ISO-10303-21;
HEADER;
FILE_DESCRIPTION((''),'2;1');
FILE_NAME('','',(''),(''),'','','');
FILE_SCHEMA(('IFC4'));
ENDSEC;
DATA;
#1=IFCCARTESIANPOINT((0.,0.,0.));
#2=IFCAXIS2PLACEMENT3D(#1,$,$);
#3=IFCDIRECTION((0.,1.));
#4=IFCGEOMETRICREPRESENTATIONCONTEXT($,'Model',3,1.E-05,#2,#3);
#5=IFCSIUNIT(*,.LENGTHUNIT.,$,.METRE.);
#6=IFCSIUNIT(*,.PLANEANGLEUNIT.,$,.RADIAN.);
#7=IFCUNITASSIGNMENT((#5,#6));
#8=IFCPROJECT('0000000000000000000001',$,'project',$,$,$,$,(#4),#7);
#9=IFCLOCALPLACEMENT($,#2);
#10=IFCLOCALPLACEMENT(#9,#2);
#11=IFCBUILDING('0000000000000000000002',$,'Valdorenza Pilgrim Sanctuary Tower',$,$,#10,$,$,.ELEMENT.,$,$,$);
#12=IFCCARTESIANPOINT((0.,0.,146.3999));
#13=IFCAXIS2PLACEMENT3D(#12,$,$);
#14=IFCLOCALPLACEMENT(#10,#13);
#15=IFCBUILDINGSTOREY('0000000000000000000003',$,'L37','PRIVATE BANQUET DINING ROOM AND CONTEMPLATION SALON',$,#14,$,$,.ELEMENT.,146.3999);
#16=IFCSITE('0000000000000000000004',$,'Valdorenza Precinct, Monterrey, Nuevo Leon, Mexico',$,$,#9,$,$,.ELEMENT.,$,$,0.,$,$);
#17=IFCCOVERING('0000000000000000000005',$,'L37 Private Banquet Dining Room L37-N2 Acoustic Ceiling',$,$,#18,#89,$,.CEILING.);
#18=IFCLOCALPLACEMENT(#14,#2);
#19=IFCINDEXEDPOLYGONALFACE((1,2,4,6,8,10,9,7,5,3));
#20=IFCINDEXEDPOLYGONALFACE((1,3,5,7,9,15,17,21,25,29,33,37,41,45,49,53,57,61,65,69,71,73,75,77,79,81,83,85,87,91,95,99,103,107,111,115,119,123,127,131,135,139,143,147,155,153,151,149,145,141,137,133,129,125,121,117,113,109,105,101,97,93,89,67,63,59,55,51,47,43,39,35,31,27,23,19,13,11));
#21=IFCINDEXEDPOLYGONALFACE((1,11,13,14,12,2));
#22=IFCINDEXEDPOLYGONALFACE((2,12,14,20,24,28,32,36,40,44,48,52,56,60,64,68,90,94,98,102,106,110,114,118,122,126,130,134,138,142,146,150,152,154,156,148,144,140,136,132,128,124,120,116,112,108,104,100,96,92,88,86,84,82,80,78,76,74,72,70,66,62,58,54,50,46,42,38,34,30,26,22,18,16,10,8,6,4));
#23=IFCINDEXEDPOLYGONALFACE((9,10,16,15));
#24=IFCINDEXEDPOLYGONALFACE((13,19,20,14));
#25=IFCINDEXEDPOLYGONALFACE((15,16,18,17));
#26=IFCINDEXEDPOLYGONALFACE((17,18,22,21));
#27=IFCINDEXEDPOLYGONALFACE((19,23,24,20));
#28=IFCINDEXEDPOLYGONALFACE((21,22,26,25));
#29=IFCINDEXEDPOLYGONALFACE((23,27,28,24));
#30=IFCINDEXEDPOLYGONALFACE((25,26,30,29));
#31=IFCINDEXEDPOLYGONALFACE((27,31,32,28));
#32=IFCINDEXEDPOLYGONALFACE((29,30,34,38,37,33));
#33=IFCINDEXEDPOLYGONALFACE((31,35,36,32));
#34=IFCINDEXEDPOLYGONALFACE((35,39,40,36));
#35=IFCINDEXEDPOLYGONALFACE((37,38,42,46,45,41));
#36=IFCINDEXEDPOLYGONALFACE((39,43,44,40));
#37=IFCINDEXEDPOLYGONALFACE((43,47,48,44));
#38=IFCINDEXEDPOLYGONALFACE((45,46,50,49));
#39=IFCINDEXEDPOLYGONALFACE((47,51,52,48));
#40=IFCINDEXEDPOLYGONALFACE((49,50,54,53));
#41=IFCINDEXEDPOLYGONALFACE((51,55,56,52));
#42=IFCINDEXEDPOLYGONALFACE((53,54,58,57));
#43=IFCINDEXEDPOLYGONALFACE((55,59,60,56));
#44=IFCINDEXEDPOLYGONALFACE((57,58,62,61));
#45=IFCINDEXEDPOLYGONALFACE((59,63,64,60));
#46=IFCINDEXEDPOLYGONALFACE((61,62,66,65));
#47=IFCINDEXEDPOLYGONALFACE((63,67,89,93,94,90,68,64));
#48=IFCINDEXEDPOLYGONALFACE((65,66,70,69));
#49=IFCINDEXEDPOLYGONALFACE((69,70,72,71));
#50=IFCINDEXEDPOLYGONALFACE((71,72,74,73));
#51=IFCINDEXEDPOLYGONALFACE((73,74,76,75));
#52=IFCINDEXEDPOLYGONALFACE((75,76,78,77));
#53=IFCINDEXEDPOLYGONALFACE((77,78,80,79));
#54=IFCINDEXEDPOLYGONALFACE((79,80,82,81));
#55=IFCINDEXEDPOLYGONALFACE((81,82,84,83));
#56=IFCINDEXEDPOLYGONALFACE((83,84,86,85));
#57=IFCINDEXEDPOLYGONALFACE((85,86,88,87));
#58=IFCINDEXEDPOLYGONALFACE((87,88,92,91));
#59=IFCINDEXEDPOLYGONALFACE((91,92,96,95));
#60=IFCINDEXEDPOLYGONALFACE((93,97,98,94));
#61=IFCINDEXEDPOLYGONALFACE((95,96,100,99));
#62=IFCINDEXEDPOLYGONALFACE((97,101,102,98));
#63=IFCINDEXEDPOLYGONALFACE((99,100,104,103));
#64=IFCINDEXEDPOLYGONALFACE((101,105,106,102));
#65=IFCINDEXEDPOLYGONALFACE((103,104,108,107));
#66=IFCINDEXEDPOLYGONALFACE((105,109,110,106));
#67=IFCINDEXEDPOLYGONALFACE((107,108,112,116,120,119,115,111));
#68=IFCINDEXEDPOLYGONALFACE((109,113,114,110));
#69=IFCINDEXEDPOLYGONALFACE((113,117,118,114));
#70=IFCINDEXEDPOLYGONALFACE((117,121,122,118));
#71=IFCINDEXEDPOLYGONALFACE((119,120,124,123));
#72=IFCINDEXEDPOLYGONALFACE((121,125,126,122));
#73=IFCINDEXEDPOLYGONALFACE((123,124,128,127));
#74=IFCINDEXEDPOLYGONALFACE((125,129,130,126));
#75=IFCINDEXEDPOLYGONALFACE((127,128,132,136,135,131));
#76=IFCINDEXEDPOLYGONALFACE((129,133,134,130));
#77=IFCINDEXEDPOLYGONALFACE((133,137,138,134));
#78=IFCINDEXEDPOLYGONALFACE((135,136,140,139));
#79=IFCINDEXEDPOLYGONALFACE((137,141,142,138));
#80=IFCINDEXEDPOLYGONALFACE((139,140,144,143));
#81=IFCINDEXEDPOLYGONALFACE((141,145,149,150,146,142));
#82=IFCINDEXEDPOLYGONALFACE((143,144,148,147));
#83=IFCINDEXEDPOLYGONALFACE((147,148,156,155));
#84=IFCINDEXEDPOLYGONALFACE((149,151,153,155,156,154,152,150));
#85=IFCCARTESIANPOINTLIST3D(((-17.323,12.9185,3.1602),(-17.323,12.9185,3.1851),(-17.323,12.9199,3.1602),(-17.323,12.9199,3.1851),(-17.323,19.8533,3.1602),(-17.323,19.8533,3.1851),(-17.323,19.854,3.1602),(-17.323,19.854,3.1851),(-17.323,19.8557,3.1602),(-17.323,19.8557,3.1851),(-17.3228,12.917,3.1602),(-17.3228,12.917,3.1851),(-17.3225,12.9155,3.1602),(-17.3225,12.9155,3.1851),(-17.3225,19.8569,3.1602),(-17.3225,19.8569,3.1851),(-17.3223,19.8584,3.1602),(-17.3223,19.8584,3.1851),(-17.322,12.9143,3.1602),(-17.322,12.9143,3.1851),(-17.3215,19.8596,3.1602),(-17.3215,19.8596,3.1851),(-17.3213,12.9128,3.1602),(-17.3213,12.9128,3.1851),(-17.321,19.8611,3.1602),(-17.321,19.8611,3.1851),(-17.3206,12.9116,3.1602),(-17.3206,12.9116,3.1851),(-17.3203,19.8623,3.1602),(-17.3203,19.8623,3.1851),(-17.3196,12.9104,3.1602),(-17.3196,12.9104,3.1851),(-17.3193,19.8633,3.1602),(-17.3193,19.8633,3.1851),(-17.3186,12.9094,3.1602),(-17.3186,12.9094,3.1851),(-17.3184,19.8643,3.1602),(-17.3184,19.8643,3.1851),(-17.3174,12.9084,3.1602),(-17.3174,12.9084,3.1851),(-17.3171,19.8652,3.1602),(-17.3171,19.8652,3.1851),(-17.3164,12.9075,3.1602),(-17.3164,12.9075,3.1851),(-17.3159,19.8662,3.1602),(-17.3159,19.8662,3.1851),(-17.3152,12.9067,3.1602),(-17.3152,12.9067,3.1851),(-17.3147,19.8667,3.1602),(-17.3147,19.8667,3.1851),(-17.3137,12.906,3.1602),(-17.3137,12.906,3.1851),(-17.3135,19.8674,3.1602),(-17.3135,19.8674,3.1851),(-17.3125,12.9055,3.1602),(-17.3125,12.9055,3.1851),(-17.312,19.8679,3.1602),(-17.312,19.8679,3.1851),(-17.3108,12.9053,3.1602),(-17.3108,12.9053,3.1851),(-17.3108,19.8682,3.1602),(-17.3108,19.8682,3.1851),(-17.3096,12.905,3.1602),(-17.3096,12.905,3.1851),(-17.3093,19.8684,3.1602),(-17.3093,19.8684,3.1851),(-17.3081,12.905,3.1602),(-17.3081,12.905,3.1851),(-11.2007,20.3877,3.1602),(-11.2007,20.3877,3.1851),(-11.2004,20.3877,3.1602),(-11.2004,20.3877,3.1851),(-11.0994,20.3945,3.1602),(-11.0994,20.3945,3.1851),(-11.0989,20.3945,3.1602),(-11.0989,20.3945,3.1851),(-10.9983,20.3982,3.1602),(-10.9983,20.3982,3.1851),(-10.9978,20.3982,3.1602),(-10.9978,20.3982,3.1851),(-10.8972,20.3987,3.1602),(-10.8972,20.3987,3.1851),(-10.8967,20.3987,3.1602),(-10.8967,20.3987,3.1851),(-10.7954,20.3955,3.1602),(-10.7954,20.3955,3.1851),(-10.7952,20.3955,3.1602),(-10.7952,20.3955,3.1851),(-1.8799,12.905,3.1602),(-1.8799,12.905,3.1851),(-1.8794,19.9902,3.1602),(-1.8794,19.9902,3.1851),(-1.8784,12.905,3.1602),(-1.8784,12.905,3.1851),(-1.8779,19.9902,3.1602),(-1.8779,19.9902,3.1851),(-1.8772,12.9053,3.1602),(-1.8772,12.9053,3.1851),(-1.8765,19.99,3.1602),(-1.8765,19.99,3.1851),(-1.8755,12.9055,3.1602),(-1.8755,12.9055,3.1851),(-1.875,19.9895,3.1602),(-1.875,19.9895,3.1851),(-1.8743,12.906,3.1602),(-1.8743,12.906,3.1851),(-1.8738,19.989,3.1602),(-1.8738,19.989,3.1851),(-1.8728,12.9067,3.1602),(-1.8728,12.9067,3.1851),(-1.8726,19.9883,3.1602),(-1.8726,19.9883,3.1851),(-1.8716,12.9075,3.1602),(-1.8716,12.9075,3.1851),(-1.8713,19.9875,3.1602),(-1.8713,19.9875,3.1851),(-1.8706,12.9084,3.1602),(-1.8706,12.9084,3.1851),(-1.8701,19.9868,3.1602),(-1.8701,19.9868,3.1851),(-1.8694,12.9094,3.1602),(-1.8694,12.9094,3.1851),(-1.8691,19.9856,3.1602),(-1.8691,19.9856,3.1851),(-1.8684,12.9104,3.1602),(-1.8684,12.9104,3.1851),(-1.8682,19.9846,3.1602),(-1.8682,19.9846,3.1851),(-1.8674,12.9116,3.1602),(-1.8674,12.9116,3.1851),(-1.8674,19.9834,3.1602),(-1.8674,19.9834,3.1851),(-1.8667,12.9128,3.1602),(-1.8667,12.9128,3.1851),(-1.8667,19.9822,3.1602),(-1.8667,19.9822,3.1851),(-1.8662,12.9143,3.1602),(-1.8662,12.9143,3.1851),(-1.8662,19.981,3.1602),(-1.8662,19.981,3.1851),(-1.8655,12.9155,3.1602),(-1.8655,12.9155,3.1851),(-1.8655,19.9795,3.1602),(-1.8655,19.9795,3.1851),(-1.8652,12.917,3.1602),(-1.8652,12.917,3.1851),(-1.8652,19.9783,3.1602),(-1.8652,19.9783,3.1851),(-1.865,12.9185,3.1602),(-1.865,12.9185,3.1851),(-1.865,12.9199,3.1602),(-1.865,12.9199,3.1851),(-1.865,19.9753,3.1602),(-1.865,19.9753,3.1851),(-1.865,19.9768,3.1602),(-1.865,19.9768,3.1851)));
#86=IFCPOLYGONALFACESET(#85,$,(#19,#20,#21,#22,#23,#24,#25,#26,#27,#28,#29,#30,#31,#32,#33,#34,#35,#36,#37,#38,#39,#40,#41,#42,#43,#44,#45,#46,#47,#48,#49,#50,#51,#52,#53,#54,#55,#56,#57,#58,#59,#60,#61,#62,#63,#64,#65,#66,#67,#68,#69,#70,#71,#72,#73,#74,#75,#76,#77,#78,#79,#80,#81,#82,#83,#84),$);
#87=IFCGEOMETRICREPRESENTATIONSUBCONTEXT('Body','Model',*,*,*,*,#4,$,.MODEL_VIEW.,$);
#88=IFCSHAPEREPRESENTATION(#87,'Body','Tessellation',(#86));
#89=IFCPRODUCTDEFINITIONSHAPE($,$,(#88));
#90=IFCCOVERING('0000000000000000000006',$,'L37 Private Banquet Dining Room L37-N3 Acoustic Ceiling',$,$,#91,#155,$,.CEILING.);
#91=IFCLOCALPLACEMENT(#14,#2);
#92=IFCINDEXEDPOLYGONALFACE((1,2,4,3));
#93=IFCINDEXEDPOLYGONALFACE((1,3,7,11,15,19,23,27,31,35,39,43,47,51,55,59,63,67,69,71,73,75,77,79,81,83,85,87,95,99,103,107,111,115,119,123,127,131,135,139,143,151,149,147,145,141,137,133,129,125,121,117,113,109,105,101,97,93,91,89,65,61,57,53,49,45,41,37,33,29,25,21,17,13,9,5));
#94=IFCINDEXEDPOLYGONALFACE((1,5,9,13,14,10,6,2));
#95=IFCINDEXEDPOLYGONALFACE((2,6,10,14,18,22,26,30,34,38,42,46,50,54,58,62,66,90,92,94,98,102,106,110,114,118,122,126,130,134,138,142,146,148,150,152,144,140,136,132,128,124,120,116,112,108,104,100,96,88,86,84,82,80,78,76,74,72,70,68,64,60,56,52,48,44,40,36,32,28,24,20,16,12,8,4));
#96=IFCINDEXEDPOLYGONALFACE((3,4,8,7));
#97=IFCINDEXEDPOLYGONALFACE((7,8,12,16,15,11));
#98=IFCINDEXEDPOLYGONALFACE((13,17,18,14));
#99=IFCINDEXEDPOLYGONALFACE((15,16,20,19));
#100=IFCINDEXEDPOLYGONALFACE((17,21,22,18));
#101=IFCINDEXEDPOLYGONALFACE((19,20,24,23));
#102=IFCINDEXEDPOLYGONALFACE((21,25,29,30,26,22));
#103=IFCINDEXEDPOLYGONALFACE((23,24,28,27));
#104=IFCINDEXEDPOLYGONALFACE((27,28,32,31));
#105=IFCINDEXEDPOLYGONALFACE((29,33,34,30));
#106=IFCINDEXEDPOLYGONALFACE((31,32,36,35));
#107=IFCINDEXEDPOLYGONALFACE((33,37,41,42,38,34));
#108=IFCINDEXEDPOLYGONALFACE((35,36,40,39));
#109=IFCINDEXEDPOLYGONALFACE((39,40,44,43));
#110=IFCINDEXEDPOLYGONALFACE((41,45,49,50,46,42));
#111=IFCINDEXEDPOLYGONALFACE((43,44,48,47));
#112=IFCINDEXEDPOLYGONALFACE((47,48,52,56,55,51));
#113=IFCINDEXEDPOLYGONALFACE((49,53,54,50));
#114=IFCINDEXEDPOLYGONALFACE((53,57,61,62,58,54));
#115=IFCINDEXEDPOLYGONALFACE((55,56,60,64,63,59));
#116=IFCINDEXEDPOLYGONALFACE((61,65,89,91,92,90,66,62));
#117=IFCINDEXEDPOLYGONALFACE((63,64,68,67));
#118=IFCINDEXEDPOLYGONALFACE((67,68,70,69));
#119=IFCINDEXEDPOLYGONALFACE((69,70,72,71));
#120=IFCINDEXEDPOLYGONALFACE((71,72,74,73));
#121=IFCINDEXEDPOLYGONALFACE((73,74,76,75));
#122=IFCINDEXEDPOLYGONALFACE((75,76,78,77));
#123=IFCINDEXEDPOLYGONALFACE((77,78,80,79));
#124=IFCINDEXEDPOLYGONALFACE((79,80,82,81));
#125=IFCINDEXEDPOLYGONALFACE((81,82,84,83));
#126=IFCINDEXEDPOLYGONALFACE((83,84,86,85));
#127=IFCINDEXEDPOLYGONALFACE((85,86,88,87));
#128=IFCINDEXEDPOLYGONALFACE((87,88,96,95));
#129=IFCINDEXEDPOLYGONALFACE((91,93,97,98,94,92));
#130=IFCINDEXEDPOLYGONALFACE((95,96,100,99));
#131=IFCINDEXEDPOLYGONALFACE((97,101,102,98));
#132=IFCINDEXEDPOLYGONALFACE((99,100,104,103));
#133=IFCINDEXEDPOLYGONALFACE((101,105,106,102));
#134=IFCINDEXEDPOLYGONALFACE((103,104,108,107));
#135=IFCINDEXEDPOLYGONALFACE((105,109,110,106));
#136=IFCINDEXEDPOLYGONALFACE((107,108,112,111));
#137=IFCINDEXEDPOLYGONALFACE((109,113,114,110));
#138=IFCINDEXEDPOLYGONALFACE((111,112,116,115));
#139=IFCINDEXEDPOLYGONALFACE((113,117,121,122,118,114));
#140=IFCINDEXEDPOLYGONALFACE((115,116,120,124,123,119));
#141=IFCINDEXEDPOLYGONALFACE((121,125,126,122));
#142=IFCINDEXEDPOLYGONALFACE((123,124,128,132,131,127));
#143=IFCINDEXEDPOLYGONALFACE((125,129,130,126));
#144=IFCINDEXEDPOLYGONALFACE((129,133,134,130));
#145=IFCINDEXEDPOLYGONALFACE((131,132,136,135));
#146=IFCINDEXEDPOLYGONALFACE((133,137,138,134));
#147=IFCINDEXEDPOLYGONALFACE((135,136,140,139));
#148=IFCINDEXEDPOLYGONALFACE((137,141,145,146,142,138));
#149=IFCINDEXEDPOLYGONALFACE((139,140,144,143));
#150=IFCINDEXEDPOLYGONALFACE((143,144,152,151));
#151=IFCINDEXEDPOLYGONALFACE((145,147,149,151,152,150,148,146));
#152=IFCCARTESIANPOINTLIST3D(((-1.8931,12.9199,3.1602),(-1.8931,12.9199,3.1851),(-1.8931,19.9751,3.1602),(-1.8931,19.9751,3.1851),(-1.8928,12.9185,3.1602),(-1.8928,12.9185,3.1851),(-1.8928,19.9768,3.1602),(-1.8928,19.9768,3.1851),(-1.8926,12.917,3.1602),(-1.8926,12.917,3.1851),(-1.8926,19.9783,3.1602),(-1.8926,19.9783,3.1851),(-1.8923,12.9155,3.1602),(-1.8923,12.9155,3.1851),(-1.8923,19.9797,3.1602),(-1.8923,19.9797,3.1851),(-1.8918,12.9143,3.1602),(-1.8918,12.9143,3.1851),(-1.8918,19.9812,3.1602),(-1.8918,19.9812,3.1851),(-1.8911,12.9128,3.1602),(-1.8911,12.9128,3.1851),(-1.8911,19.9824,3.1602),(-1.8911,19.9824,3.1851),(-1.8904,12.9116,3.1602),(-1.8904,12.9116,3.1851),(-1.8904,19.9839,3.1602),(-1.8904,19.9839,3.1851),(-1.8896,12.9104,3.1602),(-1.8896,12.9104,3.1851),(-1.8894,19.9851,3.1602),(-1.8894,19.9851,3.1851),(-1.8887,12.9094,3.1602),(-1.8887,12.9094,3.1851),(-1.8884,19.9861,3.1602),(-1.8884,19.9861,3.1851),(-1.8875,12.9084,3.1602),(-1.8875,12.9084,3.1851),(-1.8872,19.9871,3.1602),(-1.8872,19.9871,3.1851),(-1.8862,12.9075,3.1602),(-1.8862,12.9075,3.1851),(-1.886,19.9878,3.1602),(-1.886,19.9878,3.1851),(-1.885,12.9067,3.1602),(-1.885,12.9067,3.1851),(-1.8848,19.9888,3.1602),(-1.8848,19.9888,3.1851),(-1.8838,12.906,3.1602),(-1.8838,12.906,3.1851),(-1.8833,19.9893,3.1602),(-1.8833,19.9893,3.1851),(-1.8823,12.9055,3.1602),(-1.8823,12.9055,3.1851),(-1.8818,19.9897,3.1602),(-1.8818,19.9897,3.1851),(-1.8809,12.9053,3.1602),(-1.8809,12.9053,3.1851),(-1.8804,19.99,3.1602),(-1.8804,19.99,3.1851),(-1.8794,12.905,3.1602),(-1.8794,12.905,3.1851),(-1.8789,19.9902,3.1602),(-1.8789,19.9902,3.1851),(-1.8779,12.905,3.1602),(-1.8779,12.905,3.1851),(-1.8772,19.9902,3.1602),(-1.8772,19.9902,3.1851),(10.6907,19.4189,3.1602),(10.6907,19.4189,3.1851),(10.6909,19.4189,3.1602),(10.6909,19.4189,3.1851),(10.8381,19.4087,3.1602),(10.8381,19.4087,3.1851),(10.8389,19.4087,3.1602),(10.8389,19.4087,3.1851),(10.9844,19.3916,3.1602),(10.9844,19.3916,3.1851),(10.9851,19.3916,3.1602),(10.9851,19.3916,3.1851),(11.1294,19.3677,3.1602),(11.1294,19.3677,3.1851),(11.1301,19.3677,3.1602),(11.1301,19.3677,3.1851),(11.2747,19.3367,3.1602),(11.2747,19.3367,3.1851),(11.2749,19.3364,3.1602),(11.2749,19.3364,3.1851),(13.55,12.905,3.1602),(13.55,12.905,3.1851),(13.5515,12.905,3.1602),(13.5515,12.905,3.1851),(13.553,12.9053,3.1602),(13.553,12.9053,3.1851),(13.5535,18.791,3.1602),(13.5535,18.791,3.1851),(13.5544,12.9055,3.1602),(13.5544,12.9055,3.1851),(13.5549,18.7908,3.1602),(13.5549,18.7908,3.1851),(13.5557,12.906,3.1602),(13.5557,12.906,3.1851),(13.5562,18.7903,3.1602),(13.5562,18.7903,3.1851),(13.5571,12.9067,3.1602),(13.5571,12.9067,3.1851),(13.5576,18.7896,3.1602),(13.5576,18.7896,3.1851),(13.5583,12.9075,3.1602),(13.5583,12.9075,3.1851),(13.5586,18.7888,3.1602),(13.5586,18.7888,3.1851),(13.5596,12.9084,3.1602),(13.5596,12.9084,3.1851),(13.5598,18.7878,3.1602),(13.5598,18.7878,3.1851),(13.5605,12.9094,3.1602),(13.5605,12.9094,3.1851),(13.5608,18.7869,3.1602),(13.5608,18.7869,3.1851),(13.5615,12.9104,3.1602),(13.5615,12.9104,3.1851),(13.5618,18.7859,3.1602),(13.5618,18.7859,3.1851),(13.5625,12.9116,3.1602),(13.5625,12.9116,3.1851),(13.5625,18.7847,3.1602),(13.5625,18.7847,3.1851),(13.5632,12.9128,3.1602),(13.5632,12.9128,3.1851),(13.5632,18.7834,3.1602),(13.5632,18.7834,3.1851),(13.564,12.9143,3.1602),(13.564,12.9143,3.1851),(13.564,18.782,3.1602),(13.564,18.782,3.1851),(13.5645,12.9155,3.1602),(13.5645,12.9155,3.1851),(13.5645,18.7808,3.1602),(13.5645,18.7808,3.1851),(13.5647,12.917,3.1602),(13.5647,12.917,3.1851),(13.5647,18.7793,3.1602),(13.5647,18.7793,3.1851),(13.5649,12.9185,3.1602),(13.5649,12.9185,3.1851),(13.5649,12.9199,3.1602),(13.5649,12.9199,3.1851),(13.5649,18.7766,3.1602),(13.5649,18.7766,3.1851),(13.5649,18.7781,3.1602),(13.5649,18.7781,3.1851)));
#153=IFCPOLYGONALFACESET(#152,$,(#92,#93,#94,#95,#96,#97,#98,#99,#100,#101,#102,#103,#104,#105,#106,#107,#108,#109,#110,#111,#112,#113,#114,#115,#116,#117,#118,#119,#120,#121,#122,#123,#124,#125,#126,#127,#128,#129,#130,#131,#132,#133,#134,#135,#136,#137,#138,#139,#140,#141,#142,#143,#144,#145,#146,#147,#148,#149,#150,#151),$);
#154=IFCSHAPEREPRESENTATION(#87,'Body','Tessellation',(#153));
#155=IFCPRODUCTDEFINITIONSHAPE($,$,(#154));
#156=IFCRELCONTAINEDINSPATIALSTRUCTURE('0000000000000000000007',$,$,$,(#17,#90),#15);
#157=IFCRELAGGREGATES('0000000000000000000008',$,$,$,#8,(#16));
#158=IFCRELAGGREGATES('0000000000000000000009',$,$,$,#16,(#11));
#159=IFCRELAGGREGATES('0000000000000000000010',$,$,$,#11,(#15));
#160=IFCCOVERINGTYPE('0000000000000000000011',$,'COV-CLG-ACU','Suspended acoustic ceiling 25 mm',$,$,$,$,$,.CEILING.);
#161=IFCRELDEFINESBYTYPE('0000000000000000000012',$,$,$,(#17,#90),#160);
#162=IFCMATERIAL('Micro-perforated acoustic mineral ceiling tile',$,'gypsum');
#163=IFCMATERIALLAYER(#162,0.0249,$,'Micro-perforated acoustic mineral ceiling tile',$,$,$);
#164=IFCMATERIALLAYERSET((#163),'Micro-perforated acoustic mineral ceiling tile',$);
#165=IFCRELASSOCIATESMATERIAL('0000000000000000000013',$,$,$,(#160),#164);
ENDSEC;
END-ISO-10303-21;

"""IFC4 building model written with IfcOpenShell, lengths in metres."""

from ifc_helpers import new_model, si_unit, direction, frame, origin, place, context, subcontext, project, spatial, polyline, outline, extrude, material, layer, layer_set, type_object, element, save


model = new_model("IFC4")

# Units and contexts
model_context = context("Model", 3, precision=1e-05, world=origin(), true_north=direction((0.0, 1.0)))
body_context = subcontext(model_context, "Body", "Model", "MODEL_VIEW")
ifc_project = project(units=[si_unit("LENGTHUNIT", "METRE"), si_unit("PLANEANGLEUNIT", "RADIAN")], contexts=[model_context])

# Site, building, storey
site_placement = place(None, origin())
site = spatial("IfcSite", under=ifc_project, at=site_placement, Name="Valdorenza Precinct, Monterrey, Nuevo Leon, Mexico", CompositionType="ELEMENT", RefElevation=0.0)
building_placement = place(site_placement, origin())
building = spatial("IfcBuilding", under=site, at=building_placement, Name="Valdorenza Pilgrim Sanctuary Tower", CompositionType="ELEMENT")
storey_placement = place(building_placement, frame((0.0, 0.0, 146.3999)))
storey = spatial("IfcBuildingStorey", under=building, at=storey_placement, Name="L37", Description="PRIVATE BANQUET DINING ROOM AND CONTEMPLATION SALON", CompositionType="ELEMENT", Elevation=146.3999)

# Coverings
ifc_material_1 = material(Name="Micro-perforated acoustic mineral ceiling tile", Category="gypsum")
ifc_layer_1 = layer(ifc_material_1, 0.0249, Name="Micro-perforated acoustic mineral ceiling tile")
ifc_layer_set_1 = layer_set([ifc_layer_1], Name="Micro-perforated acoustic mineral ceiling tile")
covering_type_1 = type_object("IfcCoveringType", Name="COV-CLG-ACU", Description="Suspended acoustic ceiling 25 mm", PredefinedType="CEILING", material=ifc_layer_set_1)
covering_1_placement = place(storey_placement, frame((0.0, 0.0, 3.1602)))
element("IfcCovering", 1, at=covering_1_placement, inside=storey, type_object=covering_type_1, Name="L37 Private Banquet Dining Room L37-N2 Acoustic Ceiling", PredefinedType="CEILING", context=body_context, shape_type="SweptSolid", body=[
    extrude(outline(polyline([(-17.323, 19.8533), (-17.323, 19.854), (-17.323, 19.8557), (-17.3225, 19.8569), (-17.3223, 19.8584), (-17.3215, 19.8596), (-17.321, 19.8611), (-17.3203, 19.8623), (-17.3193, 19.8633), (-17.3184, 19.8643), (-17.3171, 19.8652), (-17.3159, 19.8662), (-17.3147, 19.8667), (-17.3135, 19.8674), (-17.312, 19.8679), (-17.3108, 19.8682), (-17.3093, 19.8684), (-11.2007, 20.3877), (-11.2004, 20.3877), (-11.0994, 20.3945), (-11.0989, 20.3945), (-10.9983, 20.3982), (-10.9978, 20.3982), (-10.8972, 20.3987), (-10.8967, 20.3987), (-10.7954, 20.3955), (-10.7952, 20.3955), (-1.8794, 19.9902), (-1.8779, 19.9902), (-1.8765, 19.99), (-1.875, 19.9895), (-1.8738, 19.989), (-1.8726, 19.9883), (-1.8713, 19.9875), (-1.8701, 19.9868), (-1.8691, 19.9856), (-1.8682, 19.9846), (-1.8674, 19.9834), (-1.8667, 19.9822), (-1.8662, 19.981), (-1.8655, 19.9795), (-1.8652, 19.9783), (-1.865, 19.9768), (-1.865, 19.9753), (-1.865, 12.9199), (-1.865, 12.9185), (-1.8652, 12.917), (-1.8655, 12.9155), (-1.8662, 12.9143), (-1.8667, 12.9128), (-1.8674, 12.9116), (-1.8684, 12.9104), (-1.8694, 12.9094), (-1.8706, 12.9084), (-1.8716, 12.9075), (-1.8728, 12.9067), (-1.8743, 12.906), (-1.8755, 12.9055), (-1.8772, 12.9053), (-1.8784, 12.905), (-1.8799, 12.905), (-17.3081, 12.905), (-17.3096, 12.905), (-17.3108, 12.9053), (-17.3125, 12.9055), (-17.3137, 12.906), (-17.3152, 12.9067), (-17.3164, 12.9075), (-17.3174, 12.9084), (-17.3186, 12.9094), (-17.3196, 12.9104), (-17.3206, 12.9116), (-17.3213, 12.9128), (-17.322, 12.9143), (-17.3225, 12.9155), (-17.3228, 12.917), (-17.323, 12.9185), (-17.323, 12.9199), (-17.323, 19.8533), (-17.323, 19.8533)])), origin(), (0.0, 0.0, 1.0), 0.0249),
])
covering_2_placement = place(storey_placement, frame((0.0, 0.0, 3.1602)))
element("IfcCovering", 2, at=covering_2_placement, inside=storey, type_object=covering_type_1, Name="L37 Private Banquet Dining Room L37-N3 Acoustic Ceiling", PredefinedType="CEILING", context=body_context, shape_type="SweptSolid", body=[
    extrude(outline(polyline([(-1.8779, 12.905), (-1.8794, 12.905), (-1.8809, 12.9053), (-1.8823, 12.9055), (-1.8838, 12.906), (-1.885, 12.9067), (-1.8862, 12.9075), (-1.8875, 12.9084), (-1.8887, 12.9094), (-1.8896, 12.9104), (-1.8904, 12.9116), (-1.8911, 12.9128), (-1.8918, 12.9143), (-1.8923, 12.9155), (-1.8926, 12.917), (-1.8928, 12.9185), (-1.8931, 12.9199), (-1.8931, 19.9751), (-1.8928, 19.9768), (-1.8926, 19.9783), (-1.8923, 19.9797), (-1.8918, 19.9812), (-1.8911, 19.9824), (-1.8904, 19.9839), (-1.8894, 19.9851), (-1.8884, 19.9861), (-1.8872, 19.9871), (-1.886, 19.9878), (-1.8848, 19.9888), (-1.8833, 19.9893), (-1.8818, 19.9897), (-1.8804, 19.99), (-1.8789, 19.9902), (-1.8772, 19.9902), (10.6907, 19.4189), (10.6909, 19.4189), (10.8381, 19.4087), (10.8389, 19.4087), (10.9844, 19.3916), (10.9851, 19.3916), (11.1294, 19.3677), (11.1301, 19.3677), (11.2747, 19.3367), (11.2749, 19.3364), (13.5535, 18.791), (13.5549, 18.7908), (13.5562, 18.7903), (13.5576, 18.7896), (13.5586, 18.7888), (13.5598, 18.7878), (13.5608, 18.7869), (13.5618, 18.7859), (13.5625, 18.7847), (13.5632, 18.7834), (13.564, 18.782), (13.5645, 18.7808), (13.5647, 18.7793), (13.5649, 18.7781), (13.5649, 18.7766), (13.5649, 12.9199), (13.5649, 12.9185), (13.5647, 12.917), (13.5645, 12.9155), (13.564, 12.9143), (13.5632, 12.9128), (13.5625, 12.9116), (13.5615, 12.9104), (13.5605, 12.9094), (13.5596, 12.9084), (13.5583, 12.9075), (13.5571, 12.9067), (13.5557, 12.906), (13.5544, 12.9055), (13.553, 12.9053), (13.5515, 12.905), (13.55, 12.905), (-1.8779, 12.905)])), origin(), (0.0, 0.0, 1.0), 0.0249),
])

save(model, "model.ifc")
